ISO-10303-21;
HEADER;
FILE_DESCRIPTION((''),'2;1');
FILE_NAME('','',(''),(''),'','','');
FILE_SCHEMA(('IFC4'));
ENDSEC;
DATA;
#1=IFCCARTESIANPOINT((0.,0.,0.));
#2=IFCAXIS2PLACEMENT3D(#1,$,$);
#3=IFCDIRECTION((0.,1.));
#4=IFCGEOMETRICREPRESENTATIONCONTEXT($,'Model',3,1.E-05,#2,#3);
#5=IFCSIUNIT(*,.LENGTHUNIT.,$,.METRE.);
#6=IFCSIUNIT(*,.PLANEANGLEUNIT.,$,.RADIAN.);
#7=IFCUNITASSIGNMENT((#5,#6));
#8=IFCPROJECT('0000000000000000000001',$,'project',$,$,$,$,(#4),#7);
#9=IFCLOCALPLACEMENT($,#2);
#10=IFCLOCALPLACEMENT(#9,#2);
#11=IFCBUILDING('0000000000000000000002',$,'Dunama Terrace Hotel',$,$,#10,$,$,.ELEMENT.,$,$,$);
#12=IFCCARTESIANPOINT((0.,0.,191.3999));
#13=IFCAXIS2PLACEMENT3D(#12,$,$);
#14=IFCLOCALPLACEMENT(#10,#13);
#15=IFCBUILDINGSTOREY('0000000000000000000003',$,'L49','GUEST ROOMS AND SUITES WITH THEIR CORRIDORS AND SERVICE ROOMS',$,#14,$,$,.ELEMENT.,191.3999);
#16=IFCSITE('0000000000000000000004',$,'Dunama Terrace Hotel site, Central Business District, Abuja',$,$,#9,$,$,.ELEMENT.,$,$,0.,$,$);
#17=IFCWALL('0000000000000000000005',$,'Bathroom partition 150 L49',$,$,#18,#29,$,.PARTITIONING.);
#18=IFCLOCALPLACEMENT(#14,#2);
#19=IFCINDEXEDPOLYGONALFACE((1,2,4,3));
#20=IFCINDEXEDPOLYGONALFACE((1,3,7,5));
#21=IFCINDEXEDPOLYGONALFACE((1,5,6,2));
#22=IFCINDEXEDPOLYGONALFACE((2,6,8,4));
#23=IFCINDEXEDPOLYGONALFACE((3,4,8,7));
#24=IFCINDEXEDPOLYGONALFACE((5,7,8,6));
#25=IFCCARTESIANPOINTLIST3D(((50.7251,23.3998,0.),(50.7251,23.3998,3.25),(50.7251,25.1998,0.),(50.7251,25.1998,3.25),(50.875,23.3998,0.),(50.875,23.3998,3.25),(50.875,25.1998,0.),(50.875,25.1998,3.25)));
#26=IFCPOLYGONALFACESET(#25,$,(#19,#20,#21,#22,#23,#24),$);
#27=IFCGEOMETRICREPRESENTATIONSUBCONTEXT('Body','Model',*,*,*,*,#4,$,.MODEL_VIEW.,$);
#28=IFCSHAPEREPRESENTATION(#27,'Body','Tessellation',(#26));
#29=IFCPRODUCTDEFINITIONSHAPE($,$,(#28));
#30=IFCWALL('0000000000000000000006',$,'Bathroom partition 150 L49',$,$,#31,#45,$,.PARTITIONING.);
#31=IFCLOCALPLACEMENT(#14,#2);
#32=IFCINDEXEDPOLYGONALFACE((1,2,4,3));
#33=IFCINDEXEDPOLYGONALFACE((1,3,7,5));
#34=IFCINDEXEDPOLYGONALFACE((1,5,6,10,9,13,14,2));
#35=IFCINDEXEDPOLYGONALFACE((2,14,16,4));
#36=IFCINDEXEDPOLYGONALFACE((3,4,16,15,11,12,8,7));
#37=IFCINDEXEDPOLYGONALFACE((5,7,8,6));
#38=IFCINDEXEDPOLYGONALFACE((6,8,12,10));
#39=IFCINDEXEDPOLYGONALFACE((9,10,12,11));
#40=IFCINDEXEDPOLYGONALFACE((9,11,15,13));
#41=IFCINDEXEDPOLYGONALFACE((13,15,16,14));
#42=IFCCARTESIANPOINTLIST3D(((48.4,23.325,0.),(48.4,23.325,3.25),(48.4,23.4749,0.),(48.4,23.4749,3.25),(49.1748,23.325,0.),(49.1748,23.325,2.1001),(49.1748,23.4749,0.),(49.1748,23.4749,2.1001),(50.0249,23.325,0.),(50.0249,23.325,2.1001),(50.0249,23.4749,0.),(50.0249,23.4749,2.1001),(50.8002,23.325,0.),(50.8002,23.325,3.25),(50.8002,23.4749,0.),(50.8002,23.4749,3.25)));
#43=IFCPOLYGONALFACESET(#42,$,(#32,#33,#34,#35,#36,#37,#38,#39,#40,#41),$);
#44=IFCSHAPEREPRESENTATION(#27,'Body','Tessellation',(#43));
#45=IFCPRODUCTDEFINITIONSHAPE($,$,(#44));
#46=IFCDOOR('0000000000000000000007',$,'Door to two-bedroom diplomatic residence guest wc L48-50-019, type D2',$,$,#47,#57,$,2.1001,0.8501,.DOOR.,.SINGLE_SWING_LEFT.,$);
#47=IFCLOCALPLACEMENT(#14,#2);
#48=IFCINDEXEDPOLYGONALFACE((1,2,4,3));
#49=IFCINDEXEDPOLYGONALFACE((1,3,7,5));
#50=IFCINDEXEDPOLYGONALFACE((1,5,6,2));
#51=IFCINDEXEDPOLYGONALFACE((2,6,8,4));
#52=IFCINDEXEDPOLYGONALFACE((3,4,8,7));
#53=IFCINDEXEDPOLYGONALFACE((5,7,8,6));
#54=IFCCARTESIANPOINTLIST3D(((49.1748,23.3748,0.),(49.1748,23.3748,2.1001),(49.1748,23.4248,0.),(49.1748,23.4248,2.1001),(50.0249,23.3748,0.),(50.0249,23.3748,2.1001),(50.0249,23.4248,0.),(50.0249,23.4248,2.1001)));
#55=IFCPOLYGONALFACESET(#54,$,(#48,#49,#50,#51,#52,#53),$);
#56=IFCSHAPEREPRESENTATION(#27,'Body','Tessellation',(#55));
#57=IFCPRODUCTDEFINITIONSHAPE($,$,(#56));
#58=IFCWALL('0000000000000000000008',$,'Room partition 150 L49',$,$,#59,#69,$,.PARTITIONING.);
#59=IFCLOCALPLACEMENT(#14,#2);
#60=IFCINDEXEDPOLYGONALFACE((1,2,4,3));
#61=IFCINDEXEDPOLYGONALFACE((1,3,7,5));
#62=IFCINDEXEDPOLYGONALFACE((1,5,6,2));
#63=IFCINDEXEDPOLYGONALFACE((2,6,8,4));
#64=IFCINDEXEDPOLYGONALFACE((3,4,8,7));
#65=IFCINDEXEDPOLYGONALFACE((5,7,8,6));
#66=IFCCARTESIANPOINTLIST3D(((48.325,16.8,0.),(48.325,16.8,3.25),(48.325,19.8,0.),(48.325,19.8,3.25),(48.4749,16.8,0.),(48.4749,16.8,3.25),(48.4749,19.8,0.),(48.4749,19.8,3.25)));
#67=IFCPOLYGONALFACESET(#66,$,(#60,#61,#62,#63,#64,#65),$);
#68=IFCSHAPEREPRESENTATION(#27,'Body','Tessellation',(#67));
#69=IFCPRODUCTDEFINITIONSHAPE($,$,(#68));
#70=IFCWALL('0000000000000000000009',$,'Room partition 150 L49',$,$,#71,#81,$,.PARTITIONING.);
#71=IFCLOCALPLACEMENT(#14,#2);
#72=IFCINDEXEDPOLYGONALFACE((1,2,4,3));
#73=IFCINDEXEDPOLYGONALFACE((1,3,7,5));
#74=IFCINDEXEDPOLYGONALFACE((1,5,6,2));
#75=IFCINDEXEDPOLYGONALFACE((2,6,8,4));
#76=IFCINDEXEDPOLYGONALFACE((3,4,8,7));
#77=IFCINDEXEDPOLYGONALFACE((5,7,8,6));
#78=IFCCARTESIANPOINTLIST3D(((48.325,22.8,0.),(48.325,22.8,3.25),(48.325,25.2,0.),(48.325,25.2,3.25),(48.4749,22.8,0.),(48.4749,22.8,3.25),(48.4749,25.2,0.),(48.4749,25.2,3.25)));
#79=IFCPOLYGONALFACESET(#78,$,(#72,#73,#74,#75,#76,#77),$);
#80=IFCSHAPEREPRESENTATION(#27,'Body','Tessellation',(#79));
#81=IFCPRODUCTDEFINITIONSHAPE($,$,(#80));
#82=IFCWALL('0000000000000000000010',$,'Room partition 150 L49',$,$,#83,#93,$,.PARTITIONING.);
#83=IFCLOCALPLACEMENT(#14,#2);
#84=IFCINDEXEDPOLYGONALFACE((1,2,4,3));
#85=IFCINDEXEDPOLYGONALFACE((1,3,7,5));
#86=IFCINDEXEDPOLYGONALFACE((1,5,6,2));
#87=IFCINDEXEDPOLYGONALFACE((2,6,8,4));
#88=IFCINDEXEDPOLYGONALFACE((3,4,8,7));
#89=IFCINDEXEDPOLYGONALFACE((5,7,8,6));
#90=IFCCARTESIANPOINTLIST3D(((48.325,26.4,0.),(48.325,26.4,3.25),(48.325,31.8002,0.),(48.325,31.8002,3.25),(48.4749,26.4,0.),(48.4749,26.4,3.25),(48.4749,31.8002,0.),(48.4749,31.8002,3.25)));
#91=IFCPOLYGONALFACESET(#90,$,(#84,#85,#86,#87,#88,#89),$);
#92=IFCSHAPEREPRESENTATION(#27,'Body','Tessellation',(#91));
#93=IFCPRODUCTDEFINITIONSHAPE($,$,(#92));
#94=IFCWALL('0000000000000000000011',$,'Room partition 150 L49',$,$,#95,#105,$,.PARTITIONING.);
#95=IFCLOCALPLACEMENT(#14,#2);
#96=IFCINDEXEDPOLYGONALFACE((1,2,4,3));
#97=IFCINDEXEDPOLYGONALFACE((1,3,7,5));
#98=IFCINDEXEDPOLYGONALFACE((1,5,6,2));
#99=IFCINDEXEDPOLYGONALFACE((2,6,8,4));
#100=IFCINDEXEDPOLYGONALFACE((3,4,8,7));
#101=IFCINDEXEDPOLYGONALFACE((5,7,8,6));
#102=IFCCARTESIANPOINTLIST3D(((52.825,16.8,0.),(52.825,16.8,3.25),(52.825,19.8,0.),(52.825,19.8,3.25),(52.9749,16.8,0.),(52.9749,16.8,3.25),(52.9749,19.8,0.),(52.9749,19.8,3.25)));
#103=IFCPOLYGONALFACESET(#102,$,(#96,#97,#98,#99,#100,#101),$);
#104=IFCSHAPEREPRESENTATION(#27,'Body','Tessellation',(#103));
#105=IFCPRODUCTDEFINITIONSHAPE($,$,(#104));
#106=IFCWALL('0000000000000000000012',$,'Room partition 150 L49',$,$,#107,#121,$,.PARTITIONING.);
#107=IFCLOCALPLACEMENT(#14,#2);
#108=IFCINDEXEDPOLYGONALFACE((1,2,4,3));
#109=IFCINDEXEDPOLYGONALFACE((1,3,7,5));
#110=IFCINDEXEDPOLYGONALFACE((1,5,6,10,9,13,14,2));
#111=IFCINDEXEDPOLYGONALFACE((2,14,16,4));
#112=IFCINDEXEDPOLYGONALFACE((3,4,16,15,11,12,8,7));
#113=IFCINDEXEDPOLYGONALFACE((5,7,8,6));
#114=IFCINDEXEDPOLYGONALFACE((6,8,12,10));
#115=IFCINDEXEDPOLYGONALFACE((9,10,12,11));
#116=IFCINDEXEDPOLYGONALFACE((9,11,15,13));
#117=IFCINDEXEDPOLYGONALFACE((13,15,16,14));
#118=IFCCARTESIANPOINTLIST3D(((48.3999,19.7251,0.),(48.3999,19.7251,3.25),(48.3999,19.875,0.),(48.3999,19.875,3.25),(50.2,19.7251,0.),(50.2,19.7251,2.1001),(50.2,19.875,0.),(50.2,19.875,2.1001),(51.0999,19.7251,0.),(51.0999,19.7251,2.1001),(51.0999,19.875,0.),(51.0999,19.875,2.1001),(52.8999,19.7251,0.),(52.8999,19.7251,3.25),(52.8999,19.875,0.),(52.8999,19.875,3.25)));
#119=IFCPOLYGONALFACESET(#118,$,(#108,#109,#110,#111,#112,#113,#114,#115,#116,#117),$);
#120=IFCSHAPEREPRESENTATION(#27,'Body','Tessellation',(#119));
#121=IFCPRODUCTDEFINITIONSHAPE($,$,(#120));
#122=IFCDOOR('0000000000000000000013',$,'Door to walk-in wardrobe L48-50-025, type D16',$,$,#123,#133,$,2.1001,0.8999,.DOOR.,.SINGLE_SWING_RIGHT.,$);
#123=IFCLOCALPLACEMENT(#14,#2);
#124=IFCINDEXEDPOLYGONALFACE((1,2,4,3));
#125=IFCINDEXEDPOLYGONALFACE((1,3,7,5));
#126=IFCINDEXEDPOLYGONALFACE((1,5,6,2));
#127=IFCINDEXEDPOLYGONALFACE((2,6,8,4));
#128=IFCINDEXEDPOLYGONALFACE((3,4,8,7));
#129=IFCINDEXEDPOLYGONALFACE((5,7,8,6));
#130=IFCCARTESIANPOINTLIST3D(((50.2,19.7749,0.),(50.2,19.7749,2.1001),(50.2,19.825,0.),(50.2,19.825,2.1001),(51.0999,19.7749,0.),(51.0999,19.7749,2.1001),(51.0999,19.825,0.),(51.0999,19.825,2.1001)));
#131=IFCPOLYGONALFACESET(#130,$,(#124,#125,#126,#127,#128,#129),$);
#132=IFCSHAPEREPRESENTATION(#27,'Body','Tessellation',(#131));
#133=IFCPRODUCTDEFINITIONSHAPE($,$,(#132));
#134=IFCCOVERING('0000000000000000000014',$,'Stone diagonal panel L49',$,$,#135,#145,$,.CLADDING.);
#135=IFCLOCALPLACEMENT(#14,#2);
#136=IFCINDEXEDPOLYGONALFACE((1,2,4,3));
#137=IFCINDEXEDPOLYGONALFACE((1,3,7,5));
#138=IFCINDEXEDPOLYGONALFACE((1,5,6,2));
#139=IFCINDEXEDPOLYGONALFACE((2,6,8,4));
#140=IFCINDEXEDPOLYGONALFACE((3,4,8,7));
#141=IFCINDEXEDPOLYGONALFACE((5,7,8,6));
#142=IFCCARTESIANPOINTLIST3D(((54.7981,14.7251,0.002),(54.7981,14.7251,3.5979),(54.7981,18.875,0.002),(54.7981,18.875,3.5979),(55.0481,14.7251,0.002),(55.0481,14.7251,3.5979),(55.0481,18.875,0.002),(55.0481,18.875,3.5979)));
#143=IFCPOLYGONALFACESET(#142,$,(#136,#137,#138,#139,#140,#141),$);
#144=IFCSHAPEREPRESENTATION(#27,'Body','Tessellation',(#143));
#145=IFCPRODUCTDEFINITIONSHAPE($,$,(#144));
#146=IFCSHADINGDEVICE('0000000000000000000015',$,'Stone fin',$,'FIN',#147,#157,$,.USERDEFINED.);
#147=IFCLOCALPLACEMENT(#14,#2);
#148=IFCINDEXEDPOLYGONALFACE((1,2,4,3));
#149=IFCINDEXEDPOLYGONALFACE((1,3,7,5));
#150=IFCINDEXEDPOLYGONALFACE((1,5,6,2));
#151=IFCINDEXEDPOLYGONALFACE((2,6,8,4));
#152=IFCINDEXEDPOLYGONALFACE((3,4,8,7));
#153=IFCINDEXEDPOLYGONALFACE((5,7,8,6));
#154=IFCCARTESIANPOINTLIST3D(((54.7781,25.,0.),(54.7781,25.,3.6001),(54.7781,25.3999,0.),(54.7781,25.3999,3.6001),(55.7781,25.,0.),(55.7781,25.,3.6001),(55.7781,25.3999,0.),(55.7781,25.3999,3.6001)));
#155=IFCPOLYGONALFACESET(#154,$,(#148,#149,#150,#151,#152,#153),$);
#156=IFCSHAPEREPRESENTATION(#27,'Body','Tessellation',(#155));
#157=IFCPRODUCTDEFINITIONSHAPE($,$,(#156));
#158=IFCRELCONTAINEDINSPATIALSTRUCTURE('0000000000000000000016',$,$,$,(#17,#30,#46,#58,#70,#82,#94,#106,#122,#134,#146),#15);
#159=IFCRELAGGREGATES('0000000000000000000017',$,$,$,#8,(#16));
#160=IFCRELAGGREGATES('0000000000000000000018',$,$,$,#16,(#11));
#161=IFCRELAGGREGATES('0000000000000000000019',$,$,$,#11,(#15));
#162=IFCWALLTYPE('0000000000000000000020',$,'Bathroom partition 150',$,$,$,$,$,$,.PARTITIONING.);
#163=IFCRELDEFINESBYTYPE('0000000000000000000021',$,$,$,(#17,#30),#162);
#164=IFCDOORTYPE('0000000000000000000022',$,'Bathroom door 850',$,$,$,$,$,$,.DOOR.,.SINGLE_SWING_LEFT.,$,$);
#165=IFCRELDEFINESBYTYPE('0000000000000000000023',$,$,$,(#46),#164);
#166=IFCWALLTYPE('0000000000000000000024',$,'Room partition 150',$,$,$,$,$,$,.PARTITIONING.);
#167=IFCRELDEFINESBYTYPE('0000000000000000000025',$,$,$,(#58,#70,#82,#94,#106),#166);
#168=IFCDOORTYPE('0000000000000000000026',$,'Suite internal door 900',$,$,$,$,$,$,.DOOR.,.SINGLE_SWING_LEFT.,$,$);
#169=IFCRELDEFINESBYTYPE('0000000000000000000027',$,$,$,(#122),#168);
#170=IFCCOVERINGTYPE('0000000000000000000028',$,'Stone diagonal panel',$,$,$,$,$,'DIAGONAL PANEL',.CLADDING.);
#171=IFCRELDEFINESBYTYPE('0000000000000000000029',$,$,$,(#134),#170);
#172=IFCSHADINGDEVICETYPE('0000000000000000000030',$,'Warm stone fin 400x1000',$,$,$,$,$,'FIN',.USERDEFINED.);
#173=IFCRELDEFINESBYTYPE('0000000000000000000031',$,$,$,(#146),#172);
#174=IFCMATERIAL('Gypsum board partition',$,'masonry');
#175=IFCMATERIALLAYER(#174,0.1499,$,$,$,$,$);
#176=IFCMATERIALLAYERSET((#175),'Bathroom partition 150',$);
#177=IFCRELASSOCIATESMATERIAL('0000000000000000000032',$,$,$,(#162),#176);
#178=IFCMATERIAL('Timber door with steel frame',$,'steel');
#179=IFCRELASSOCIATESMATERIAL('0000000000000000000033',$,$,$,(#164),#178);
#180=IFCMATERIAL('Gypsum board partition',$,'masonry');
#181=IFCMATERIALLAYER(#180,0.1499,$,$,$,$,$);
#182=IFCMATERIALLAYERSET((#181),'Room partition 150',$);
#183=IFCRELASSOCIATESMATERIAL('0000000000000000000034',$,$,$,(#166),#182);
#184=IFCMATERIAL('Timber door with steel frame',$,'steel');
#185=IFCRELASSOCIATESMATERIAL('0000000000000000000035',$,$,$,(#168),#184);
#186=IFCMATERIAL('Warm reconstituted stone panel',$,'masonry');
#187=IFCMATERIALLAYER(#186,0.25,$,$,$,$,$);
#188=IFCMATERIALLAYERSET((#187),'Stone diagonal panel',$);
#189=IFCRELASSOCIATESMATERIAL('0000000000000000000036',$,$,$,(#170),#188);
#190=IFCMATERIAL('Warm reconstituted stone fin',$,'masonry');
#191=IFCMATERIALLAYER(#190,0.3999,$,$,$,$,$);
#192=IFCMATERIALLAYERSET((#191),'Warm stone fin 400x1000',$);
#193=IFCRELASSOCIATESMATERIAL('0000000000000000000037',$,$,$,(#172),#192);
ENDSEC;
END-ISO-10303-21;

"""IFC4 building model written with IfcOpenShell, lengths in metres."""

from ifc_helpers import new_model, si_unit, direction, frame, frame_2d, origin, origin_2d, place, context, subcontext, project, spatial, rectangle, extrude, material, layer, layer_set, type_object, element, fill, save


model = new_model("IFC4")

# Units and contexts
model_context = context("Model", 3, precision=1e-05, world=origin(), true_north=direction((0.0, 1.0)))
body_context = subcontext(model_context, "Body", "Model", "MODEL_VIEW")
ifc_project = project(units=[si_unit("LENGTHUNIT", "METRE"), si_unit("PLANEANGLEUNIT", "RADIAN")], contexts=[model_context])

# Site, building, storey
site_placement = place(None, origin())
site = spatial("IfcSite", under=ifc_project, at=site_placement, Name="Dunama Terrace Hotel site, Central Business District, Abuja", CompositionType="ELEMENT", RefElevation=0.0)
building_placement = place(site_placement, origin())
building = spatial("IfcBuilding", under=site, at=building_placement, Name="Dunama Terrace Hotel", CompositionType="ELEMENT")
storey_placement = place(building_placement, frame((0.0, 0.0, 191.3999)))
storey = spatial("IfcBuildingStorey", under=building, at=storey_placement, Name="L49", Description="GUEST ROOMS AND SUITES WITH THEIR CORRIDORS AND SERVICE ROOMS", CompositionType="ELEMENT", Elevation=191.3999)

# Wall
ifc_material_1 = material(Name="Gypsum board partition", Category="masonry")
ifc_layer_1 = layer(ifc_material_1, 0.1499)
ifc_layer_set_1 = layer_set([ifc_layer_1], Name="Bathroom partition 150")
wall_type_1 = type_object("IfcWallType", Name="Bathroom partition 150", PredefinedType="PARTITIONING", material=ifc_layer_set_1)
wall_1_placement = place(storey_placement, frame((50.8, 23.3999, 0.0), z_axis=(0.0, 0.0, 1.0), x_axis=(0.0, 1.0, 0.0)))
element("IfcWall", 1, at=wall_1_placement, inside=storey, type_object=wall_type_1, Name="Bathroom partition 150 L49", PredefinedType="PARTITIONING", context=body_context, shape_type="SweptSolid", body=[
    extrude(rectangle(XDim=1.8, YDim=0.1499, at=frame_2d((0.8999, 0.0))), origin(), (0.0, 0.0, 1.0), 3.25),
])

# Wall, opening, door
wall_2_placement = place(storey_placement, frame((48.3999, 23.3999, 0.0), z_axis=(0.0, 0.0, 1.0), x_axis=(1.0, 0.0, 0.0)))
wall_2 = element("IfcWall", 2, at=wall_2_placement, inside=storey, type_object=wall_type_1, Name="Bathroom partition 150 L49", PredefinedType="PARTITIONING", context=body_context, shape_type="SweptSolid", body=[
    extrude(rectangle(XDim=2.4001, YDim=0.1499, at=frame_2d((1.2002, 0.0))), origin(), (0.0, 0.0, 1.0), 3.25),
])
opening_1_placement = place(wall_2_placement, frame((0.7749, 0.0, 0.0)))
opening_1 = element("IfcOpeningElement", 3, at=opening_1_placement, cuts=wall_2, PredefinedType="OPENING", context=body_context, shape_type="SweptSolid", body=[
    extrude(rectangle(XDim=0.8501, YDim=2.1001, at=frame_2d((0.425, 1.05))), frame((0.0, 0.085, 0.0), z_axis=(0.0, -1.0, 0.0), x_axis=(1.0, 0.0, 0.0)), (0.0, 0.0, 1.0), 0.1699),
])
ifc_material_2 = material(Name="Timber door with steel frame", Category="steel")
door_type_1 = type_object("IfcDoorType", Name="Bathroom door 850", OperationType="SINGLE_SWING_LEFT", PredefinedType="DOOR", material=ifc_material_2)
door_1_placement = place(opening_1_placement, origin())
door_1 = element("IfcDoor", 4, at=door_1_placement, inside=storey, type_object=door_type_1, Name="Door to two-bedroom diplomatic residence guest wc L48-50-019, type D2", OperationType="SINGLE_SWING_LEFT", OverallHeight=2.1001, OverallWidth=0.8501, PredefinedType="DOOR", context=body_context, shape_type="SweptSolid", body=[
    extrude(rectangle(XDim=0.8501, YDim=2.1001, at=frame_2d((0.425, 1.05))), frame((0.0, 0.0249, 0.0), z_axis=(0.0, -1.0, 0.0), x_axis=(1.0, 0.0, 0.0)), (0.0, 0.0, 1.0), 0.05),
])
fill(opening_1, door_1)

# Walls
ifc_material_3 = material(Name="Gypsum board partition", Category="masonry")
ifc_layer_2 = layer(ifc_material_3, 0.1499)
ifc_layer_set_2 = layer_set([ifc_layer_2], Name="Room partition 150")
wall_type_2 = type_object("IfcWallType", Name="Room partition 150", PredefinedType="PARTITIONING", material=ifc_layer_set_2)
wall_3_placement = place(storey_placement, frame((48.3999, 16.8, 0.0), z_axis=(0.0, 0.0, 1.0), x_axis=(0.0, 1.0, 0.0)))
element("IfcWall", 5, at=wall_3_placement, inside=storey, type_object=wall_type_2, Name="Room partition 150 L49", PredefinedType="PARTITIONING", context=body_context, shape_type="SweptSolid", body=[
    extrude(rectangle(XDim=3.0, YDim=0.1499, at=frame_2d((1.5, 0.0))), origin(), (0.0, 0.0, 1.0), 3.25),
])
wall_4_placement = place(storey_placement, frame((48.3999, 22.8, 0.0), z_axis=(0.0, 0.0, 1.0), x_axis=(0.0, 1.0, 0.0)))
element("IfcWall", 6, at=wall_4_placement, inside=storey, type_object=wall_type_2, Name="Room partition 150 L49", PredefinedType="PARTITIONING", context=body_context, shape_type="SweptSolid", body=[
    extrude(rectangle(XDim=2.3999, YDim=0.1499, at=frame_2d((1.2, 0.0))), origin(), (0.0, 0.0, 1.0), 3.25),
])
wall_5_placement = place(storey_placement, frame((48.3999, 26.3999, 0.0), z_axis=(0.0, 0.0, 1.0), x_axis=(0.0, 1.0, 0.0)))
element("IfcWall", 7, at=wall_5_placement, inside=storey, type_object=wall_type_2, Name="Room partition 150 L49", PredefinedType="PARTITIONING", context=body_context, shape_type="SweptSolid", body=[
    extrude(rectangle(XDim=5.4001, YDim=0.1499, at=frame_2d((2.7002, 0.0))), origin(), (0.0, 0.0, 1.0), 3.25),
])
wall_6_placement = place(storey_placement, frame((52.8999, 16.8, 0.0), z_axis=(0.0, 0.0, 1.0), x_axis=(0.0, 1.0, 0.0)))
element("IfcWall", 8, at=wall_6_placement, inside=storey, type_object=wall_type_2, Name="Room partition 150 L49", PredefinedType="PARTITIONING", context=body_context, shape_type="SweptSolid", body=[
    extrude(rectangle(XDim=3.0, YDim=0.1499, at=frame_2d((1.5, 0.0))), origin(), (0.0, 0.0, 1.0), 3.25),
])

# Wall, opening, door
wall_7_placement = place(storey_placement, frame((48.3999, 19.8, 0.0), z_axis=(0.0, 0.0, 1.0), x_axis=(1.0, 0.0, 0.0)))
wall_7 = element("IfcWall", 9, at=wall_7_placement, inside=storey, type_object=wall_type_2, Name="Room partition 150 L49", PredefinedType="PARTITIONING", context=body_context, shape_type="SweptSolid", body=[
    extrude(rectangle(XDim=4.5, YDim=0.1499, at=frame_2d((2.25, 0.0))), origin(), (0.0, 0.0, 1.0), 3.25),
])
opening_2_placement = place(wall_7_placement, frame((1.8, 0.0, 0.0)))
opening_2 = element("IfcOpeningElement", 10, at=opening_2_placement, cuts=wall_7, PredefinedType="OPENING", context=body_context, shape_type="SweptSolid", body=[
    extrude(rectangle(XDim=0.8999, YDim=2.1001, at=frame_2d((0.45, 1.05))), frame((0.0, 0.085, 0.0), z_axis=(0.0, -1.0, 0.0), x_axis=(1.0, 0.0, 0.0)), (0.0, 0.0, 1.0), 0.1699),
])
ifc_material_4 = material(Name="Timber door with steel frame", Category="steel")
door_type_2 = type_object("IfcDoorType", Name="Suite internal door 900", OperationType="SINGLE_SWING_LEFT", PredefinedType="DOOR", material=ifc_material_4)
door_2_placement = place(opening_2_placement, frame((0.8999, 0.0, 0.0), z_axis=(0.0, 0.0, 1.0), x_axis=(-1.0, 0.0, 0.0)))
door_2 = element("IfcDoor", 11, at=door_2_placement, inside=storey, type_object=door_type_2, Name="Door to walk-in wardrobe L48-50-025, type D16", OperationType="SINGLE_SWING_RIGHT", OverallHeight=2.1001, OverallWidth=0.8999, PredefinedType="DOOR", context=body_context, shape_type="SweptSolid", body=[
    extrude(rectangle(XDim=0.8999, YDim=2.1001, at=frame_2d((0.45, 1.05))), frame((0.0, 0.0251, 0.0), z_axis=(0.0, -1.0, 0.0), x_axis=(1.0, 0.0, 0.0)), (0.0, 0.0, 1.0), 0.05),
])
fill(opening_2, door_2)

# Covering
ifc_material_5 = material(Name="Warm reconstituted stone panel", Category="masonry")
ifc_layer_3 = layer(ifc_material_5, 0.25)
ifc_layer_set_3 = layer_set([ifc_layer_3], Name="Stone diagonal panel")
covering_type = type_object("IfcCoveringType", Name="Stone diagonal panel", ElementType="DIAGONAL PANEL", PredefinedType="CLADDING", material=ifc_layer_set_3)
covering_placement = place(storey_placement, frame((54.9231, 16.8, 0.002), z_axis=(0.0, 0.0, 1.0), x_axis=(0.0, 1.0, 0.0)))
element("IfcCovering", 12, at=covering_placement, inside=storey, type_object=covering_type, Name="Stone diagonal panel L49", PredefinedType="CLADDING", context=body_context, shape_type="SweptSolid", body=[
    extrude(rectangle(XDim=4.1499, YDim=0.25, at=origin_2d()), origin(), (0.0, 0.0, 1.0), 3.5959),
])

# Shading device
ifc_material_6 = material(Name="Warm reconstituted stone fin", Category="masonry")
ifc_layer_4 = layer(ifc_material_6, 0.3999)
ifc_layer_set_4 = layer_set([ifc_layer_4], Name="Warm stone fin 400x1000")
shading_device_type = type_object("IfcShadingDeviceType", Name="Warm stone fin 400x1000", ElementType="FIN", PredefinedType="USERDEFINED", material=ifc_layer_set_4)
shading_device_placement = place(storey_placement, frame((55.2781, 25.2, 0.0), z_axis=(0.0, 0.0, 1.0), x_axis=(0.0, 1.0, 0.0)))
element("IfcShadingDevice", 13, at=shading_device_placement, inside=storey, type_object=shading_device_type, Name="Stone fin", ObjectType="FIN", PredefinedType="USERDEFINED", context=body_context, shape_type="SweptSolid", body=[
    extrude(rectangle(XDim=0.3999, YDim=1.0, at=origin_2d()), origin(), (0.0, 0.0, 1.0), 3.6001),
])

save(model, "model.ifc")
